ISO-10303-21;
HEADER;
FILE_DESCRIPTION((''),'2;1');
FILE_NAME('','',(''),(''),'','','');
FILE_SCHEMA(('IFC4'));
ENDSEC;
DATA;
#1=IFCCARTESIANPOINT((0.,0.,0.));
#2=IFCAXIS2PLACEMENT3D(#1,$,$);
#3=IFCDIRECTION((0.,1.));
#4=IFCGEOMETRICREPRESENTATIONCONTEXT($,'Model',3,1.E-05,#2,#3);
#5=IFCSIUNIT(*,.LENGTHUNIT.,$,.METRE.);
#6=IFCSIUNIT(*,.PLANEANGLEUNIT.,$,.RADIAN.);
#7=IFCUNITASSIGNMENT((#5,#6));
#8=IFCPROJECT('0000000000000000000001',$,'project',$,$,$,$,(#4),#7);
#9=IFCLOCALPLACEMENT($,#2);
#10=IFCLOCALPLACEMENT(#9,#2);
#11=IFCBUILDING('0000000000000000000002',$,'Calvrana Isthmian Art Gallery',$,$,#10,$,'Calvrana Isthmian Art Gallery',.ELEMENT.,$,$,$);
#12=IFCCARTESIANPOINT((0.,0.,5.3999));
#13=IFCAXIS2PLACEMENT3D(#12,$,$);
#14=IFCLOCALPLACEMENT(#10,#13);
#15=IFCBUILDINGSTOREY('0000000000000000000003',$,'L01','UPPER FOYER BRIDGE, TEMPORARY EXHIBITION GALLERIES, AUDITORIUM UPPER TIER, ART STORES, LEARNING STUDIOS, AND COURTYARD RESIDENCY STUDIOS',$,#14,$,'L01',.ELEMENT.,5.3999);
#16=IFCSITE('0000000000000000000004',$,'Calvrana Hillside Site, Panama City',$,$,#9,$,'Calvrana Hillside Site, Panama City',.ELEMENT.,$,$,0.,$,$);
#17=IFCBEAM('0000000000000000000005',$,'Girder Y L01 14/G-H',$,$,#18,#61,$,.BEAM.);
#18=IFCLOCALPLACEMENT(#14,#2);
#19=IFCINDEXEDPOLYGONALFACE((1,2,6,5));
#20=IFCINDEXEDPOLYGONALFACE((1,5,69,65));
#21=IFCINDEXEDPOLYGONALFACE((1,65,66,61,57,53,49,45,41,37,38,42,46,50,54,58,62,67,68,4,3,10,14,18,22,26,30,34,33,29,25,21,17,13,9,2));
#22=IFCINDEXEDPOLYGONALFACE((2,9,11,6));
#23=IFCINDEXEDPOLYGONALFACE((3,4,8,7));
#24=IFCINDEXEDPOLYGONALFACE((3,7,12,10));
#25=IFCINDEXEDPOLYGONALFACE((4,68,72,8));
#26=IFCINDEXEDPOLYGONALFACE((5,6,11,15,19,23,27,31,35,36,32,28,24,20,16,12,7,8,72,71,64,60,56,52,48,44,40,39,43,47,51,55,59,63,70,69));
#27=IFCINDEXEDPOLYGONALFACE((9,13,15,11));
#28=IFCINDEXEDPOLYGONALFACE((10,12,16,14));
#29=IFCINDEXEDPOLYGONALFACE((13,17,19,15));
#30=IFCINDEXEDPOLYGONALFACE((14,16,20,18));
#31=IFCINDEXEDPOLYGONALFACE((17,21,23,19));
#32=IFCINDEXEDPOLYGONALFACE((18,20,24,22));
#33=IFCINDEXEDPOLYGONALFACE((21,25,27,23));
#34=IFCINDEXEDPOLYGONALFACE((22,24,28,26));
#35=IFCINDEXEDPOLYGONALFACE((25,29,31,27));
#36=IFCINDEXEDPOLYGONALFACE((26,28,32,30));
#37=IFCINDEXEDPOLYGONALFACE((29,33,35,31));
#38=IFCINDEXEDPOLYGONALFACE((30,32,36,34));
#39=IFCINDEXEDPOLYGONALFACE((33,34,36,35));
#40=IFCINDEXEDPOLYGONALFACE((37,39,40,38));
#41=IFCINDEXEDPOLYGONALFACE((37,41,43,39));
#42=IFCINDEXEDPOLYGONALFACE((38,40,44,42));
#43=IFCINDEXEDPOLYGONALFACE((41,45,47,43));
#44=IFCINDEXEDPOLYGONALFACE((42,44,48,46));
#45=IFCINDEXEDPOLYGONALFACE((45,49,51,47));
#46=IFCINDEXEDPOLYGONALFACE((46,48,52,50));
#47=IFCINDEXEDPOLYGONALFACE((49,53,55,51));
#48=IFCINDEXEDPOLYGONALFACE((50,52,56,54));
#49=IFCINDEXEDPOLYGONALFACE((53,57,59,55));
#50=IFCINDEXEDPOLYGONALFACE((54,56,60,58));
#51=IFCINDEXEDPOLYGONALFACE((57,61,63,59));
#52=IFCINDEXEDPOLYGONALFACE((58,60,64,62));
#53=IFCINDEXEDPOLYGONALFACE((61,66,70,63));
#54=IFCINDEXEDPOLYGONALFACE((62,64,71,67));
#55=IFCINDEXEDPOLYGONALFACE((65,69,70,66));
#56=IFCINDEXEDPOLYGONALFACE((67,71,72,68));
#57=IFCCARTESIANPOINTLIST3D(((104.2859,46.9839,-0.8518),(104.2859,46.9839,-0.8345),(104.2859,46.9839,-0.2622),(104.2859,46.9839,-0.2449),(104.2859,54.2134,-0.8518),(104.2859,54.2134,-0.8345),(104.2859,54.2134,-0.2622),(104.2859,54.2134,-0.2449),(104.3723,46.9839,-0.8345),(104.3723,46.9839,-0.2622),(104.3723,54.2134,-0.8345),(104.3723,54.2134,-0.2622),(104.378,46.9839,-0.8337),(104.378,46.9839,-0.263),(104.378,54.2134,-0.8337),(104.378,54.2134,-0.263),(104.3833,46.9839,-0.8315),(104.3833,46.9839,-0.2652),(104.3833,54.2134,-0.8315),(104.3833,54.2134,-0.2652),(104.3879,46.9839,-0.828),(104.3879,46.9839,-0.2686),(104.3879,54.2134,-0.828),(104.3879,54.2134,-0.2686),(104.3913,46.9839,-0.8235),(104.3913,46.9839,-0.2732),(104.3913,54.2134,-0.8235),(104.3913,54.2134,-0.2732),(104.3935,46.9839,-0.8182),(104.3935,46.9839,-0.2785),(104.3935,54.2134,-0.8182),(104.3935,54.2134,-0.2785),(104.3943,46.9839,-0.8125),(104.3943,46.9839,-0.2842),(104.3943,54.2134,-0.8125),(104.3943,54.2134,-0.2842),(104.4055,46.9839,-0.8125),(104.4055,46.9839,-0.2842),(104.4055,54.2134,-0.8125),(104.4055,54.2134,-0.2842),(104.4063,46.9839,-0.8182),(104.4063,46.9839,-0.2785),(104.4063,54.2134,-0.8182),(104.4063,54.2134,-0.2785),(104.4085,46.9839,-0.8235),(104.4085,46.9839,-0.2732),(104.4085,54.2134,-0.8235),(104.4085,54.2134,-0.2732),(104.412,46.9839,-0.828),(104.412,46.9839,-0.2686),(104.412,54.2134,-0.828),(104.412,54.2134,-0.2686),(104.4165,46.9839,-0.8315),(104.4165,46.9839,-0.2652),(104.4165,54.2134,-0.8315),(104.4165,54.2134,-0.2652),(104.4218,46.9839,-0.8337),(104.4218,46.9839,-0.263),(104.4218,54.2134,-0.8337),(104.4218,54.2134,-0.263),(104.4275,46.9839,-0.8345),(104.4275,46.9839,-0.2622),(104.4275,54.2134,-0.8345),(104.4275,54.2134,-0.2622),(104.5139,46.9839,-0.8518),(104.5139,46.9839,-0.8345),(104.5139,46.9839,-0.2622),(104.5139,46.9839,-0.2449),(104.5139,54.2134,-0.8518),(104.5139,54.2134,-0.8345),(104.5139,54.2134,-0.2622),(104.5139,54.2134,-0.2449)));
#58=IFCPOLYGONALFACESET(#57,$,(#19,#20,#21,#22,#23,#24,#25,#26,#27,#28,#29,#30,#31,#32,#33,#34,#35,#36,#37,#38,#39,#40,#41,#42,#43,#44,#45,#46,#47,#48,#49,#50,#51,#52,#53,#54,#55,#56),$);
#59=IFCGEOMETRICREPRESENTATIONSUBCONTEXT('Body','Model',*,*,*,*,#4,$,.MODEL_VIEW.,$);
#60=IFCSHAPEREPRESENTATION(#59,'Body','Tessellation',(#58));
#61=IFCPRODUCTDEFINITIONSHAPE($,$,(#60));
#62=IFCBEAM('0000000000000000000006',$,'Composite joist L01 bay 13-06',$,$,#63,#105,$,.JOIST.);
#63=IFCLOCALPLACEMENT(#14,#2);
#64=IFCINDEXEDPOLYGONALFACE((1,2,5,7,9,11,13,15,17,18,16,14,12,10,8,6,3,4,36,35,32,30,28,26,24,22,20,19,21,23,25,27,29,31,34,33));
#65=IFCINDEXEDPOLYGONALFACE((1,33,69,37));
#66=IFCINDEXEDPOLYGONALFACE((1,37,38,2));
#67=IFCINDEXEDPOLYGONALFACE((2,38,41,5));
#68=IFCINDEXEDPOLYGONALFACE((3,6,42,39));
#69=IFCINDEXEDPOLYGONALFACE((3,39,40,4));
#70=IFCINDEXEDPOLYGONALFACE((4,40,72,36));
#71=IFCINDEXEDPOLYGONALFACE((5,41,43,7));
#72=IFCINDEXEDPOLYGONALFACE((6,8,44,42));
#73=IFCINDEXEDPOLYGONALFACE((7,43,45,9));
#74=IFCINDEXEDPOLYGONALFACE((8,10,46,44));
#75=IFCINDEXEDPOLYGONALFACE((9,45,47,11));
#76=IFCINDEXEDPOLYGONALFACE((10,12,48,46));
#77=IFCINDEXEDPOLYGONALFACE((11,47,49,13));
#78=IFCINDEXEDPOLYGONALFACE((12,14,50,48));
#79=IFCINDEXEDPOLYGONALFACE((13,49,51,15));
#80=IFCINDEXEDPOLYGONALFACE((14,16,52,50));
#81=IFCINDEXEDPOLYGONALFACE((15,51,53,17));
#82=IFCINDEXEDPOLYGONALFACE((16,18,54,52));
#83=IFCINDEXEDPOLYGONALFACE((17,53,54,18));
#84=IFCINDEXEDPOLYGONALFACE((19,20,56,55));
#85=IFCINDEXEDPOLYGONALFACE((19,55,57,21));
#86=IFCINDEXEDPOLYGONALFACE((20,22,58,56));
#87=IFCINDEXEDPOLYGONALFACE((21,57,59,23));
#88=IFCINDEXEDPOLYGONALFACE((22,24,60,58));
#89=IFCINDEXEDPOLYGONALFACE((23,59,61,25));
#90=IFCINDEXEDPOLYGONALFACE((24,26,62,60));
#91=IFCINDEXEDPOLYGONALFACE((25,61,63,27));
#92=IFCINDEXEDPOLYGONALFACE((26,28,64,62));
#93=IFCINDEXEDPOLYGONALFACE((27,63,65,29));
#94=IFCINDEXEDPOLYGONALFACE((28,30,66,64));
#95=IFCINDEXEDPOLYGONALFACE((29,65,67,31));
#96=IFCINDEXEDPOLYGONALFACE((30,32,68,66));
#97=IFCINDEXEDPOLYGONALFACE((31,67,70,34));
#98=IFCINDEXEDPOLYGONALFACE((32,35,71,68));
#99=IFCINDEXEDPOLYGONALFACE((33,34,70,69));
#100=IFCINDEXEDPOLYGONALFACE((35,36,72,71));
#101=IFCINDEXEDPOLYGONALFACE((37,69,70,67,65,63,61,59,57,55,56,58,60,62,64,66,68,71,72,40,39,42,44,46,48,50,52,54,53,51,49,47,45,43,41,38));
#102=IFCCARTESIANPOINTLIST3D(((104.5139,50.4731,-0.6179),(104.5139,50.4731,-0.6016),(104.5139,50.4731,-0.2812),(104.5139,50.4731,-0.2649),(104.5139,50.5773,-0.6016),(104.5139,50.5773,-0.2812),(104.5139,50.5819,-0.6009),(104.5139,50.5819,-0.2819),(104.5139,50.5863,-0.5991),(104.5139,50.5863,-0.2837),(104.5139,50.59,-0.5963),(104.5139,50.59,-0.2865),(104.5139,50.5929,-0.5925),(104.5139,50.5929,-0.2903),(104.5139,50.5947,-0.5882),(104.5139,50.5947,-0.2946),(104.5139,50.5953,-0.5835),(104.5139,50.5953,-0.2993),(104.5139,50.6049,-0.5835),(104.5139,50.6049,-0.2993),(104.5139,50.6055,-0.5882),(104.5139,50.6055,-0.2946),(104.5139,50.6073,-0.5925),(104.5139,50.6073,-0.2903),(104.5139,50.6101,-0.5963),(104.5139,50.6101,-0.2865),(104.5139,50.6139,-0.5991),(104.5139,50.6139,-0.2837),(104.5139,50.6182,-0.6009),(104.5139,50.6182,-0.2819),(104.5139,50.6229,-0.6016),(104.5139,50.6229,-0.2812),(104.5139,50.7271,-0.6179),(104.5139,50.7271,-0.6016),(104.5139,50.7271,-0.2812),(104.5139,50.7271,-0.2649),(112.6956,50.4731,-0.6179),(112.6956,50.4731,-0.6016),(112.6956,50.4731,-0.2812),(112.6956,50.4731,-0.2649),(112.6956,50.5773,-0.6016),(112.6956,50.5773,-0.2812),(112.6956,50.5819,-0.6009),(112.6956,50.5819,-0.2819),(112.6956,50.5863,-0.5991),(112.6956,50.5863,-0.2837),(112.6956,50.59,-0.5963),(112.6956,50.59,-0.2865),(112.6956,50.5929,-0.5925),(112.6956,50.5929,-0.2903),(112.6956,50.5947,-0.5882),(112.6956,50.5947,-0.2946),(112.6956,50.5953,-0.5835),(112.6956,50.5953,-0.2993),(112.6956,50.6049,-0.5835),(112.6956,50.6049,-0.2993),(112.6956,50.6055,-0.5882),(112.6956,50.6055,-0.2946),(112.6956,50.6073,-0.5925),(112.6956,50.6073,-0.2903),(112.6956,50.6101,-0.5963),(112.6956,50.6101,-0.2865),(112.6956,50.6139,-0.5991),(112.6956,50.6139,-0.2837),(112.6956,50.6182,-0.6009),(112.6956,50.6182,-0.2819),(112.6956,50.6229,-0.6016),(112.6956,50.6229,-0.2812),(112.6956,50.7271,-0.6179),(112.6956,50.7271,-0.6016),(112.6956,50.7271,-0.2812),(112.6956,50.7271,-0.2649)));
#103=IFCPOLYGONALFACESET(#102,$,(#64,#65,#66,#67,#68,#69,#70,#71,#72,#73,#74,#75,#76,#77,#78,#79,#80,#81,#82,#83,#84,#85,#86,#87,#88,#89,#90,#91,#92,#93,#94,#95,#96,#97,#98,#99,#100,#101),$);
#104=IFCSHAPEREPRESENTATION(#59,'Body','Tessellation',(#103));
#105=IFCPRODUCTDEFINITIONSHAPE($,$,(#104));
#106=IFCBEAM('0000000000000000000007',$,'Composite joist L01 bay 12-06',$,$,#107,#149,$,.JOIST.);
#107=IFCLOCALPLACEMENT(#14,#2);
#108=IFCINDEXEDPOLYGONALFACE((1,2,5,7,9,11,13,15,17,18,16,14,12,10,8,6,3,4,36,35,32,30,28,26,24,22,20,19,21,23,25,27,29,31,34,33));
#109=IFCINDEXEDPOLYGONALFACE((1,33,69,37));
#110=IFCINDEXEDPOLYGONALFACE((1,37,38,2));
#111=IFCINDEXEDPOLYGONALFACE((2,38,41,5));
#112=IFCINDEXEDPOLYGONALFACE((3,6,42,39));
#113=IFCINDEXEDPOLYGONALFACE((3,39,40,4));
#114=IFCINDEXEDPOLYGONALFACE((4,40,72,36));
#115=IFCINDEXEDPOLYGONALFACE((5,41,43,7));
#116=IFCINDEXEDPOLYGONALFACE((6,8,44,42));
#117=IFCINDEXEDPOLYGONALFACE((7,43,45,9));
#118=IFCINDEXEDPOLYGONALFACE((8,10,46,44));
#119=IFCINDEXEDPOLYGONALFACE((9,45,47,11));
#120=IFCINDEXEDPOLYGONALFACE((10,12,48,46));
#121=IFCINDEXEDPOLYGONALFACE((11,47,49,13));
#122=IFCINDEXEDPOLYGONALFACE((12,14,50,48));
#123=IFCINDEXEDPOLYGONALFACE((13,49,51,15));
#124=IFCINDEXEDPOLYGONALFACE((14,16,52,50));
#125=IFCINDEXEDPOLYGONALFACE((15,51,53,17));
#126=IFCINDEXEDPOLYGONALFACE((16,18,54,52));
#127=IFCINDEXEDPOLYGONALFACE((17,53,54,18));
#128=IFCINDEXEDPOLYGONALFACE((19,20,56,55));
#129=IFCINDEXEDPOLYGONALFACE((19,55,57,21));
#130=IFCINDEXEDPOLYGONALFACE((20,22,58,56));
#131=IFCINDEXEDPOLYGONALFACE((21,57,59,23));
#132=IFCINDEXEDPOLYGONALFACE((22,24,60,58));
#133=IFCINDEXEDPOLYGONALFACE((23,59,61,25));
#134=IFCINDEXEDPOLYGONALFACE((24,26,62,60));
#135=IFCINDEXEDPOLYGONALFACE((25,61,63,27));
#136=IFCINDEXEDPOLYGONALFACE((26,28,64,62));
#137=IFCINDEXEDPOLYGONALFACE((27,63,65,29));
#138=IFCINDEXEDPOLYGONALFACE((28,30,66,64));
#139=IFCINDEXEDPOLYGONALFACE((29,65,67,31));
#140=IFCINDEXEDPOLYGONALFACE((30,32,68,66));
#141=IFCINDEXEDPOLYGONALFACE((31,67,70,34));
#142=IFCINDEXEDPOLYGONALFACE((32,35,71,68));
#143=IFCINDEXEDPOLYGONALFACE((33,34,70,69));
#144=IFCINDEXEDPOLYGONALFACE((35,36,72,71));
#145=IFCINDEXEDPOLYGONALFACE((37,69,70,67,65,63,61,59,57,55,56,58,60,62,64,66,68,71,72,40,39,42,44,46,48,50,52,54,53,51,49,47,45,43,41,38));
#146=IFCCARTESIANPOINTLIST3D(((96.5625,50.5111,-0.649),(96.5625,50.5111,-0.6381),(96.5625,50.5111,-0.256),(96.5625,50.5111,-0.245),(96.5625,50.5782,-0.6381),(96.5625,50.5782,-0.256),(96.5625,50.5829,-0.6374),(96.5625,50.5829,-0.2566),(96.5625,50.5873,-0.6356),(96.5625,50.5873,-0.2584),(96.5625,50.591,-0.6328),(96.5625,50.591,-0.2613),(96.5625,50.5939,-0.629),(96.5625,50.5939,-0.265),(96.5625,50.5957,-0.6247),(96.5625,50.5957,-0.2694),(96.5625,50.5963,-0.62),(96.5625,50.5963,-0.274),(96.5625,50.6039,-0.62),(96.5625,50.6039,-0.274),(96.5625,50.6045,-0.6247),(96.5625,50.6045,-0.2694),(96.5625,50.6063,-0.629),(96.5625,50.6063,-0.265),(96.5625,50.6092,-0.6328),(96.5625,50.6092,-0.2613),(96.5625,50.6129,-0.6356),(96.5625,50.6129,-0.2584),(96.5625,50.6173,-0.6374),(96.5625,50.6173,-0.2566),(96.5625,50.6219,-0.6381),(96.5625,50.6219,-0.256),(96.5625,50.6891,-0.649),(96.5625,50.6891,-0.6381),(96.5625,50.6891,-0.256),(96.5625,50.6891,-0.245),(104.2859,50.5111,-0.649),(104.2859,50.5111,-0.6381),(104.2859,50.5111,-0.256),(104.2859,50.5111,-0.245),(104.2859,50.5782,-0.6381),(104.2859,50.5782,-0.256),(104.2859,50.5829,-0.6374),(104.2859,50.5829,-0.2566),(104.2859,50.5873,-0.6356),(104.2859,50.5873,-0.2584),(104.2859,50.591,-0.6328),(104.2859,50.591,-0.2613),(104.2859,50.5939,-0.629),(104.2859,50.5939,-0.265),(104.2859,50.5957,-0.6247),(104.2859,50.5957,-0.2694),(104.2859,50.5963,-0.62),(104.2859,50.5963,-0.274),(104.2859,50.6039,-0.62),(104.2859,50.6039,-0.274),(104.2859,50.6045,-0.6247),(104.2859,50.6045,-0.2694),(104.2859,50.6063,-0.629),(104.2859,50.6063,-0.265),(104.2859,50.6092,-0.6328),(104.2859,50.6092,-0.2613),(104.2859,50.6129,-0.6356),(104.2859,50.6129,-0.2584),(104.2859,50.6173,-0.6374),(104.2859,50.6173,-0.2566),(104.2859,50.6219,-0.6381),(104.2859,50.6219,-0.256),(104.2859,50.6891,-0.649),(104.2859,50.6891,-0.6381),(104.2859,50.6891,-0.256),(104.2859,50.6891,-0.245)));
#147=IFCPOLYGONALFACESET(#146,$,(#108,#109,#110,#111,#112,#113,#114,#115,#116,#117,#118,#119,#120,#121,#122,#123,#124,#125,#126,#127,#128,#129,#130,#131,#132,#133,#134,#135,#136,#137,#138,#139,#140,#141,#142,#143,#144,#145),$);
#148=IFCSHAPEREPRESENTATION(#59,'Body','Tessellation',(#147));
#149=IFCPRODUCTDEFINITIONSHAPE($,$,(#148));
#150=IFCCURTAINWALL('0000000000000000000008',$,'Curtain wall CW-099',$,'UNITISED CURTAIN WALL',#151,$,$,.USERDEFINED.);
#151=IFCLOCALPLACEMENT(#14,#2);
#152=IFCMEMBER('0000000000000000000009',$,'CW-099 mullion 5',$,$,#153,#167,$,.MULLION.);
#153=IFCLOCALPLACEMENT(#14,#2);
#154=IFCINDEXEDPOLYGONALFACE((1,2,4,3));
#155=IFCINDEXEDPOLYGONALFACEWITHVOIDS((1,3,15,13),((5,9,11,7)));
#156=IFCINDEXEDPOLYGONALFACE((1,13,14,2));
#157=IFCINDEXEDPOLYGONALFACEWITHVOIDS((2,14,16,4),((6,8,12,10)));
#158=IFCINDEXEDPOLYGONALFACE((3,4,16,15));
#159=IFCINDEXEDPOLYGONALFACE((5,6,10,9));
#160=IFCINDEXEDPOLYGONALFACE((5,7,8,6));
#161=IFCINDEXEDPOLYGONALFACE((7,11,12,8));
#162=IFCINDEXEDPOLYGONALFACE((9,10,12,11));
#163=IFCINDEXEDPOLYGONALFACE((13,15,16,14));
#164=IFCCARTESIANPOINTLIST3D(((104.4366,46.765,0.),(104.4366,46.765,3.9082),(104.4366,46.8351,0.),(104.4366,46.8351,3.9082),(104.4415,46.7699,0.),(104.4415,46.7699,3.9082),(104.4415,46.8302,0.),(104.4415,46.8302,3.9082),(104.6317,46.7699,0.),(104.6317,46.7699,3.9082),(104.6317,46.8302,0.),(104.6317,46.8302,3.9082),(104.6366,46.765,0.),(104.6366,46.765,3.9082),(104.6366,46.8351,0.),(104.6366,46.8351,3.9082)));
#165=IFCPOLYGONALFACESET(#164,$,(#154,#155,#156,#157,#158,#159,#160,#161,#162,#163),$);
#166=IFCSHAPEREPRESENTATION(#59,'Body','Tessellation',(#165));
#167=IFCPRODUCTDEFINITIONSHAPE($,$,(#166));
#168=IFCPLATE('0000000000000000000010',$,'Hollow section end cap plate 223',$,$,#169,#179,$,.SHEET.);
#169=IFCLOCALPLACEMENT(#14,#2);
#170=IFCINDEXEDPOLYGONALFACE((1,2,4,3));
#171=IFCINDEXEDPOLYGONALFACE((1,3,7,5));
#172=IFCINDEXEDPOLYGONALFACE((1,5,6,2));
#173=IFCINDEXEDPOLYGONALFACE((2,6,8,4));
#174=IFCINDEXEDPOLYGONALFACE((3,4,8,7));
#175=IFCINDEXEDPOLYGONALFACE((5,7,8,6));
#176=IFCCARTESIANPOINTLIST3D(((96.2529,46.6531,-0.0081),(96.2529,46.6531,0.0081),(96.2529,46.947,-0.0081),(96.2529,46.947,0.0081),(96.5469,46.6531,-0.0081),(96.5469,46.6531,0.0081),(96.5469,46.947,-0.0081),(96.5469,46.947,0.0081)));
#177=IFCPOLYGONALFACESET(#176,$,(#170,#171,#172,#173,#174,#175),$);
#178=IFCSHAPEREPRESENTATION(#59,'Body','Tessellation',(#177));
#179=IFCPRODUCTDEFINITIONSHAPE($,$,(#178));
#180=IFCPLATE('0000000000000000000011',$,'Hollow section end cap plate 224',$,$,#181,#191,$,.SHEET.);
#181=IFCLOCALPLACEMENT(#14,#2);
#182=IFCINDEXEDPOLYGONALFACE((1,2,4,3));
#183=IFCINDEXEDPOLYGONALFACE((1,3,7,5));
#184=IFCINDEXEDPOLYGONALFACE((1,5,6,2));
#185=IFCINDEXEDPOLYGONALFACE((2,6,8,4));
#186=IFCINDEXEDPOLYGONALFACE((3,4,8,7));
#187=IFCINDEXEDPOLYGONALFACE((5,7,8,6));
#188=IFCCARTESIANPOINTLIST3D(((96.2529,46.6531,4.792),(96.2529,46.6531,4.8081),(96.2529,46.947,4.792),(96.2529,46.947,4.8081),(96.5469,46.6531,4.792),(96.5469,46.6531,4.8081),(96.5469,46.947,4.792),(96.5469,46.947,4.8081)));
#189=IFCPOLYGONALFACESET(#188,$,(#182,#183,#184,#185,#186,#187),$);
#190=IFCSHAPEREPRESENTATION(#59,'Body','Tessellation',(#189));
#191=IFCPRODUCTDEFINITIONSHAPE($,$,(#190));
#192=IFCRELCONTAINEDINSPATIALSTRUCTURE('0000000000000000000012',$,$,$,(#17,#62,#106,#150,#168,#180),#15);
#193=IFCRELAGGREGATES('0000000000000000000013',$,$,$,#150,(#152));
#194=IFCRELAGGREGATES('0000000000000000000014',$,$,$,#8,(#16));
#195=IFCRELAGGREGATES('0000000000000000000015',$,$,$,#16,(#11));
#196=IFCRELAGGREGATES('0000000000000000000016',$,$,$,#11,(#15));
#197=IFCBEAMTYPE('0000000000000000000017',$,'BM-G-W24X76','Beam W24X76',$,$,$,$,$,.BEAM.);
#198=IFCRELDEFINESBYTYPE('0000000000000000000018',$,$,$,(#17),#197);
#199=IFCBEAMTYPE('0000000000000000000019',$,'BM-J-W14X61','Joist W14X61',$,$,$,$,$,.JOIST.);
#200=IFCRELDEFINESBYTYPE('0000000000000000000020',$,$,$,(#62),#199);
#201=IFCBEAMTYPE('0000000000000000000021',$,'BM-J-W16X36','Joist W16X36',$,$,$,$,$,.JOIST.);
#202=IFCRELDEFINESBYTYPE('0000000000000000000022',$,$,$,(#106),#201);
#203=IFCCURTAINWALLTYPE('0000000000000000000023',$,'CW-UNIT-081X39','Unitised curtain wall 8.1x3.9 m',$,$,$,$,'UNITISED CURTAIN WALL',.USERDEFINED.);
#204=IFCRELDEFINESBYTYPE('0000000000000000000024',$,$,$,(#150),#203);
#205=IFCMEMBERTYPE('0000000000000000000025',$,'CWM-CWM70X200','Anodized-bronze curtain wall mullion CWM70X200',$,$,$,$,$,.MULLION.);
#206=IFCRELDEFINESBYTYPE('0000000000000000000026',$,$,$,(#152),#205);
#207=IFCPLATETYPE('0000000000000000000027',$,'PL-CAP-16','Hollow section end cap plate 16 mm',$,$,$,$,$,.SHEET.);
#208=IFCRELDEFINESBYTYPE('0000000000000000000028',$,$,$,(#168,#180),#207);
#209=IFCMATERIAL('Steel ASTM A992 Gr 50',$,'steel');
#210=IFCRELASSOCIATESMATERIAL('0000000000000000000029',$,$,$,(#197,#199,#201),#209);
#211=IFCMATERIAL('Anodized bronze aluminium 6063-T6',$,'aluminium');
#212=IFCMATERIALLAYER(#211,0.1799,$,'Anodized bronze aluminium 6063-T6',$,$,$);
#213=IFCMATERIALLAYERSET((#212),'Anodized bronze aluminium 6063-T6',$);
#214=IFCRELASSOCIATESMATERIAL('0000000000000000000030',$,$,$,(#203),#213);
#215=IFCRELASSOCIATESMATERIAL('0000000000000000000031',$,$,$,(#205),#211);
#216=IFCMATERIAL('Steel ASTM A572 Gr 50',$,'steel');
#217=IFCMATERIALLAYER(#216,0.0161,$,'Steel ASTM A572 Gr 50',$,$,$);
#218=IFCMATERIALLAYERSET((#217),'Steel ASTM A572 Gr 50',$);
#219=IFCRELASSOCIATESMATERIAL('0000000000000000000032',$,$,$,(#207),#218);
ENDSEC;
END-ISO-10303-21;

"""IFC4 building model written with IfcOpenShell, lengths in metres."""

from ifc_helpers import new_model, si_unit, direction, frame, origin, origin_2d, place, context, subcontext, project, spatial, rectangle, hollow_rectangle, i_section, extrude, material, layer, layer_set, material_profile, profile_set, type_object, element, aggregate, save


model = new_model("IFC4")

# Units and contexts
model_context = context("Model", 3, precision=1e-05, world=origin(), true_north=direction((0.0, 1.0)))
body_context = subcontext(model_context, "Body", "Model", "MODEL_VIEW")
ifc_project = project(units=[si_unit("LENGTHUNIT", "METRE"), si_unit("PLANEANGLEUNIT", "RADIAN")], contexts=[model_context])

# Site, building, storey
site_placement = place(None, origin())
site = spatial("IfcSite", under=ifc_project, at=site_placement, Name="Calvrana Hillside Site, Panama City", LongName="Calvrana Hillside Site, Panama City", CompositionType="ELEMENT", RefElevation=0.0)
building_placement = place(site_placement, origin())
building = spatial("IfcBuilding", under=site, at=building_placement, Name="Calvrana Isthmian Art Gallery", LongName="Calvrana Isthmian Art Gallery", CompositionType="ELEMENT")
storey_placement = place(building_placement, frame((0.0, 0.0, 5.3999)))
storey = spatial("IfcBuildingStorey", under=building, at=storey_placement, Name="L01", Description="UPPER FOYER BRIDGE, TEMPORARY EXHIBITION GALLERIES, AUDITORIUM UPPER TIER, ART STORES, LEARNING STUDIOS, AND COURTYARD RESIDENCY STUDIOS", LongName="L01", CompositionType="ELEMENT", Elevation=5.3999)

# Beams
ifc_material_1 = material(Name="Steel ASTM A992 Gr 50", Category="steel")
ifc_material_profile_1 = material_profile(ifc_material_1, i_section(OverallWidth=0.228, OverallDepth=0.6069, WebThickness=0.0112, FlangeThickness=0.0173, FilletRadius=0.022, at=origin_2d()), Name="W24X76")
ifc_profile_set_1 = profile_set([ifc_material_profile_1], Name="Steel ASTM A992 Gr 50")
beam_type_1 = type_object("IfcBeamType", Name="BM-G-W24X76", Description="Beam W24X76", PredefinedType="BEAM", material=ifc_profile_set_1)
beam_1_placement = place(storey_placement, frame((104.3999, 46.9839, -0.5483), z_axis=(0.0, 1.0, 0.0), x_axis=(-1.0, 0.0, 0.0)))
element("IfcBeam", 1, at=beam_1_placement, inside=storey, type_object=beam_type_1, Name="Girder Y L01 14/G-H", PredefinedType="BEAM", context=body_context, shape_type="SweptSolid", body=[
    extrude(i_section(OverallWidth=0.228, OverallDepth=0.6069, WebThickness=0.0112, FlangeThickness=0.0173, FilletRadius=0.022, at=origin_2d()), origin(), (0.0, 0.0, 1.0), 7.2295),
])
ifc_material_profile_2 = material_profile(ifc_material_1, i_section(OverallWidth=0.2539, OverallDepth=0.353, WebThickness=0.0095, FlangeThickness=0.0164, FilletRadius=0.0181, at=origin_2d()), Name="W14X61")
ifc_profile_set_2 = profile_set([ifc_material_profile_2], Name="Steel ASTM A992 Gr 50")
beam_type_2 = type_object("IfcBeamType", Name="BM-J-W14X61", Description="Joist W14X61", PredefinedType="JOIST", material=ifc_profile_set_2)
beam_2_placement = place(storey_placement, frame((104.5139, 50.6001, -0.4414), z_axis=(1.0, 0.0, 0.0), x_axis=(0.0, 1.0, 0.0)))
element("IfcBeam", 2, at=beam_2_placement, inside=storey, type_object=beam_type_2, Name="Composite joist L01 bay 13-06", PredefinedType="JOIST", context=body_context, shape_type="SweptSolid", body=[
    extrude(i_section(OverallWidth=0.2539, OverallDepth=0.353, WebThickness=0.0095, FlangeThickness=0.0164, FilletRadius=0.0181, at=origin_2d()), origin(), (0.0, 0.0, 1.0), 8.1816),
])
ifc_material_profile_3 = material_profile(ifc_material_1, i_section(OverallWidth=0.178, OverallDepth=0.4041, WebThickness=0.0076, FlangeThickness=0.011, FilletRadius=0.0181, at=origin_2d()), Name="W16X36")
ifc_profile_set_3 = profile_set([ifc_material_profile_3], Name="Steel ASTM A992 Gr 50")
beam_type_3 = type_object("IfcBeamType", Name="BM-J-W16X36", Description="Joist W16X36", PredefinedType="JOIST", material=ifc_profile_set_3)
beam_3_placement = place(storey_placement, frame((96.5625, 50.6001, -0.447), z_axis=(1.0, 0.0, 0.0), x_axis=(0.0, 1.0, 0.0)))
element("IfcBeam", 3, at=beam_3_placement, inside=storey, type_object=beam_type_3, Name="Composite joist L01 bay 12-06", PredefinedType="JOIST", context=body_context, shape_type="SweptSolid", body=[
    extrude(i_section(OverallWidth=0.178, OverallDepth=0.4041, WebThickness=0.0076, FlangeThickness=0.011, FilletRadius=0.0181, at=origin_2d()), origin(), (0.0, 0.0, 1.0), 7.7234),
])

# Curtain wall, member
ifc_material_2 = material(Name="Anodized bronze aluminium 6063-T6", Category="aluminium")
ifc_layer_1 = layer(ifc_material_2, 0.1799, Name="Anodized bronze aluminium 6063-T6")
ifc_layer_set_1 = layer_set([ifc_layer_1], Name="Anodized bronze aluminium 6063-T6")
curtain_wall_type = type_object("IfcCurtainWallType", Name="CW-UNIT-081X39", Description="Unitised curtain wall 8.1x3.9 m", ElementType="UNITISED CURTAIN WALL", PredefinedType="USERDEFINED", material=ifc_layer_set_1)
curtain_wall_placement = place(storey_placement, origin())
curtain_wall = element("IfcCurtainWall", 4, at=curtain_wall_placement, inside=storey, type_object=curtain_wall_type, Name="Curtain wall CW-099", ObjectType="UNITISED CURTAIN WALL", PredefinedType="USERDEFINED")
ifc_material_profile_4 = material_profile(ifc_material_2, hollow_rectangle(XDim=0.0701, YDim=0.2, WallThickness=0.0049, at=origin_2d()), Name="CWM70X200")
ifc_profile_set_4 = profile_set([ifc_material_profile_4], Name="Anodized bronze aluminium 6063-T6")
member_type = type_object("IfcMemberType", Name="CWM-CWM70X200", Description="Anodized-bronze curtain wall mullion CWM70X200", PredefinedType="MULLION", material=ifc_profile_set_4)
member_placement = place(storey_placement, frame((104.5366, 46.8, 0.0), z_axis=(0.0, 0.0, 1.0), x_axis=(0.0, -1.0, 0.0)))
member = element("IfcMember", 5, at=member_placement, type_object=member_type, Name="CW-099 mullion 5", PredefinedType="MULLION", context=body_context, shape_type="SweptSolid", body=[
    extrude(hollow_rectangle(XDim=0.0701, YDim=0.2, WallThickness=0.0049, at=origin_2d()), origin(), (0.0, 0.0, 1.0), 3.9082),
])
aggregate(curtain_wall, [member])

# Plates
ifc_material_3 = material(Name="Steel ASTM A572 Gr 50", Category="steel")
ifc_layer_2 = layer(ifc_material_3, 0.0161, Name="Steel ASTM A572 Gr 50")
ifc_layer_set_2 = layer_set([ifc_layer_2], Name="Steel ASTM A572 Gr 50")
plate_type = type_object("IfcPlateType", Name="PL-CAP-16", Description="Hollow section end cap plate 16 mm", PredefinedType="SHEET", material=ifc_layer_set_2)
for number, where, z_axis, x_axis, name in (
    (6, (96.3999, 46.8, -0.0081), (0.0, 0.0, 1.0), (1.0, 0.0, 0.0), "Hollow section end cap plate 223"),
    (7, (96.3999, 46.8, 4.792), (0.0, 0.0, 1.0), (1.0, 0.0, 0.0), "Hollow section end cap plate 224"),
):
    element("IfcPlate", number, at=place(storey_placement, frame(where, z_axis=z_axis, x_axis=x_axis)), inside=storey, type_object=plate_type, Name=name, PredefinedType="SHEET", context=body_context, shape_type="SweptSolid", body=[
        extrude(rectangle(XDim=0.2939, YDim=0.2939, at=origin_2d()), origin(), (0.0, 0.0, 1.0), 0.0161),
    ])

save(model, "model.ifc")
